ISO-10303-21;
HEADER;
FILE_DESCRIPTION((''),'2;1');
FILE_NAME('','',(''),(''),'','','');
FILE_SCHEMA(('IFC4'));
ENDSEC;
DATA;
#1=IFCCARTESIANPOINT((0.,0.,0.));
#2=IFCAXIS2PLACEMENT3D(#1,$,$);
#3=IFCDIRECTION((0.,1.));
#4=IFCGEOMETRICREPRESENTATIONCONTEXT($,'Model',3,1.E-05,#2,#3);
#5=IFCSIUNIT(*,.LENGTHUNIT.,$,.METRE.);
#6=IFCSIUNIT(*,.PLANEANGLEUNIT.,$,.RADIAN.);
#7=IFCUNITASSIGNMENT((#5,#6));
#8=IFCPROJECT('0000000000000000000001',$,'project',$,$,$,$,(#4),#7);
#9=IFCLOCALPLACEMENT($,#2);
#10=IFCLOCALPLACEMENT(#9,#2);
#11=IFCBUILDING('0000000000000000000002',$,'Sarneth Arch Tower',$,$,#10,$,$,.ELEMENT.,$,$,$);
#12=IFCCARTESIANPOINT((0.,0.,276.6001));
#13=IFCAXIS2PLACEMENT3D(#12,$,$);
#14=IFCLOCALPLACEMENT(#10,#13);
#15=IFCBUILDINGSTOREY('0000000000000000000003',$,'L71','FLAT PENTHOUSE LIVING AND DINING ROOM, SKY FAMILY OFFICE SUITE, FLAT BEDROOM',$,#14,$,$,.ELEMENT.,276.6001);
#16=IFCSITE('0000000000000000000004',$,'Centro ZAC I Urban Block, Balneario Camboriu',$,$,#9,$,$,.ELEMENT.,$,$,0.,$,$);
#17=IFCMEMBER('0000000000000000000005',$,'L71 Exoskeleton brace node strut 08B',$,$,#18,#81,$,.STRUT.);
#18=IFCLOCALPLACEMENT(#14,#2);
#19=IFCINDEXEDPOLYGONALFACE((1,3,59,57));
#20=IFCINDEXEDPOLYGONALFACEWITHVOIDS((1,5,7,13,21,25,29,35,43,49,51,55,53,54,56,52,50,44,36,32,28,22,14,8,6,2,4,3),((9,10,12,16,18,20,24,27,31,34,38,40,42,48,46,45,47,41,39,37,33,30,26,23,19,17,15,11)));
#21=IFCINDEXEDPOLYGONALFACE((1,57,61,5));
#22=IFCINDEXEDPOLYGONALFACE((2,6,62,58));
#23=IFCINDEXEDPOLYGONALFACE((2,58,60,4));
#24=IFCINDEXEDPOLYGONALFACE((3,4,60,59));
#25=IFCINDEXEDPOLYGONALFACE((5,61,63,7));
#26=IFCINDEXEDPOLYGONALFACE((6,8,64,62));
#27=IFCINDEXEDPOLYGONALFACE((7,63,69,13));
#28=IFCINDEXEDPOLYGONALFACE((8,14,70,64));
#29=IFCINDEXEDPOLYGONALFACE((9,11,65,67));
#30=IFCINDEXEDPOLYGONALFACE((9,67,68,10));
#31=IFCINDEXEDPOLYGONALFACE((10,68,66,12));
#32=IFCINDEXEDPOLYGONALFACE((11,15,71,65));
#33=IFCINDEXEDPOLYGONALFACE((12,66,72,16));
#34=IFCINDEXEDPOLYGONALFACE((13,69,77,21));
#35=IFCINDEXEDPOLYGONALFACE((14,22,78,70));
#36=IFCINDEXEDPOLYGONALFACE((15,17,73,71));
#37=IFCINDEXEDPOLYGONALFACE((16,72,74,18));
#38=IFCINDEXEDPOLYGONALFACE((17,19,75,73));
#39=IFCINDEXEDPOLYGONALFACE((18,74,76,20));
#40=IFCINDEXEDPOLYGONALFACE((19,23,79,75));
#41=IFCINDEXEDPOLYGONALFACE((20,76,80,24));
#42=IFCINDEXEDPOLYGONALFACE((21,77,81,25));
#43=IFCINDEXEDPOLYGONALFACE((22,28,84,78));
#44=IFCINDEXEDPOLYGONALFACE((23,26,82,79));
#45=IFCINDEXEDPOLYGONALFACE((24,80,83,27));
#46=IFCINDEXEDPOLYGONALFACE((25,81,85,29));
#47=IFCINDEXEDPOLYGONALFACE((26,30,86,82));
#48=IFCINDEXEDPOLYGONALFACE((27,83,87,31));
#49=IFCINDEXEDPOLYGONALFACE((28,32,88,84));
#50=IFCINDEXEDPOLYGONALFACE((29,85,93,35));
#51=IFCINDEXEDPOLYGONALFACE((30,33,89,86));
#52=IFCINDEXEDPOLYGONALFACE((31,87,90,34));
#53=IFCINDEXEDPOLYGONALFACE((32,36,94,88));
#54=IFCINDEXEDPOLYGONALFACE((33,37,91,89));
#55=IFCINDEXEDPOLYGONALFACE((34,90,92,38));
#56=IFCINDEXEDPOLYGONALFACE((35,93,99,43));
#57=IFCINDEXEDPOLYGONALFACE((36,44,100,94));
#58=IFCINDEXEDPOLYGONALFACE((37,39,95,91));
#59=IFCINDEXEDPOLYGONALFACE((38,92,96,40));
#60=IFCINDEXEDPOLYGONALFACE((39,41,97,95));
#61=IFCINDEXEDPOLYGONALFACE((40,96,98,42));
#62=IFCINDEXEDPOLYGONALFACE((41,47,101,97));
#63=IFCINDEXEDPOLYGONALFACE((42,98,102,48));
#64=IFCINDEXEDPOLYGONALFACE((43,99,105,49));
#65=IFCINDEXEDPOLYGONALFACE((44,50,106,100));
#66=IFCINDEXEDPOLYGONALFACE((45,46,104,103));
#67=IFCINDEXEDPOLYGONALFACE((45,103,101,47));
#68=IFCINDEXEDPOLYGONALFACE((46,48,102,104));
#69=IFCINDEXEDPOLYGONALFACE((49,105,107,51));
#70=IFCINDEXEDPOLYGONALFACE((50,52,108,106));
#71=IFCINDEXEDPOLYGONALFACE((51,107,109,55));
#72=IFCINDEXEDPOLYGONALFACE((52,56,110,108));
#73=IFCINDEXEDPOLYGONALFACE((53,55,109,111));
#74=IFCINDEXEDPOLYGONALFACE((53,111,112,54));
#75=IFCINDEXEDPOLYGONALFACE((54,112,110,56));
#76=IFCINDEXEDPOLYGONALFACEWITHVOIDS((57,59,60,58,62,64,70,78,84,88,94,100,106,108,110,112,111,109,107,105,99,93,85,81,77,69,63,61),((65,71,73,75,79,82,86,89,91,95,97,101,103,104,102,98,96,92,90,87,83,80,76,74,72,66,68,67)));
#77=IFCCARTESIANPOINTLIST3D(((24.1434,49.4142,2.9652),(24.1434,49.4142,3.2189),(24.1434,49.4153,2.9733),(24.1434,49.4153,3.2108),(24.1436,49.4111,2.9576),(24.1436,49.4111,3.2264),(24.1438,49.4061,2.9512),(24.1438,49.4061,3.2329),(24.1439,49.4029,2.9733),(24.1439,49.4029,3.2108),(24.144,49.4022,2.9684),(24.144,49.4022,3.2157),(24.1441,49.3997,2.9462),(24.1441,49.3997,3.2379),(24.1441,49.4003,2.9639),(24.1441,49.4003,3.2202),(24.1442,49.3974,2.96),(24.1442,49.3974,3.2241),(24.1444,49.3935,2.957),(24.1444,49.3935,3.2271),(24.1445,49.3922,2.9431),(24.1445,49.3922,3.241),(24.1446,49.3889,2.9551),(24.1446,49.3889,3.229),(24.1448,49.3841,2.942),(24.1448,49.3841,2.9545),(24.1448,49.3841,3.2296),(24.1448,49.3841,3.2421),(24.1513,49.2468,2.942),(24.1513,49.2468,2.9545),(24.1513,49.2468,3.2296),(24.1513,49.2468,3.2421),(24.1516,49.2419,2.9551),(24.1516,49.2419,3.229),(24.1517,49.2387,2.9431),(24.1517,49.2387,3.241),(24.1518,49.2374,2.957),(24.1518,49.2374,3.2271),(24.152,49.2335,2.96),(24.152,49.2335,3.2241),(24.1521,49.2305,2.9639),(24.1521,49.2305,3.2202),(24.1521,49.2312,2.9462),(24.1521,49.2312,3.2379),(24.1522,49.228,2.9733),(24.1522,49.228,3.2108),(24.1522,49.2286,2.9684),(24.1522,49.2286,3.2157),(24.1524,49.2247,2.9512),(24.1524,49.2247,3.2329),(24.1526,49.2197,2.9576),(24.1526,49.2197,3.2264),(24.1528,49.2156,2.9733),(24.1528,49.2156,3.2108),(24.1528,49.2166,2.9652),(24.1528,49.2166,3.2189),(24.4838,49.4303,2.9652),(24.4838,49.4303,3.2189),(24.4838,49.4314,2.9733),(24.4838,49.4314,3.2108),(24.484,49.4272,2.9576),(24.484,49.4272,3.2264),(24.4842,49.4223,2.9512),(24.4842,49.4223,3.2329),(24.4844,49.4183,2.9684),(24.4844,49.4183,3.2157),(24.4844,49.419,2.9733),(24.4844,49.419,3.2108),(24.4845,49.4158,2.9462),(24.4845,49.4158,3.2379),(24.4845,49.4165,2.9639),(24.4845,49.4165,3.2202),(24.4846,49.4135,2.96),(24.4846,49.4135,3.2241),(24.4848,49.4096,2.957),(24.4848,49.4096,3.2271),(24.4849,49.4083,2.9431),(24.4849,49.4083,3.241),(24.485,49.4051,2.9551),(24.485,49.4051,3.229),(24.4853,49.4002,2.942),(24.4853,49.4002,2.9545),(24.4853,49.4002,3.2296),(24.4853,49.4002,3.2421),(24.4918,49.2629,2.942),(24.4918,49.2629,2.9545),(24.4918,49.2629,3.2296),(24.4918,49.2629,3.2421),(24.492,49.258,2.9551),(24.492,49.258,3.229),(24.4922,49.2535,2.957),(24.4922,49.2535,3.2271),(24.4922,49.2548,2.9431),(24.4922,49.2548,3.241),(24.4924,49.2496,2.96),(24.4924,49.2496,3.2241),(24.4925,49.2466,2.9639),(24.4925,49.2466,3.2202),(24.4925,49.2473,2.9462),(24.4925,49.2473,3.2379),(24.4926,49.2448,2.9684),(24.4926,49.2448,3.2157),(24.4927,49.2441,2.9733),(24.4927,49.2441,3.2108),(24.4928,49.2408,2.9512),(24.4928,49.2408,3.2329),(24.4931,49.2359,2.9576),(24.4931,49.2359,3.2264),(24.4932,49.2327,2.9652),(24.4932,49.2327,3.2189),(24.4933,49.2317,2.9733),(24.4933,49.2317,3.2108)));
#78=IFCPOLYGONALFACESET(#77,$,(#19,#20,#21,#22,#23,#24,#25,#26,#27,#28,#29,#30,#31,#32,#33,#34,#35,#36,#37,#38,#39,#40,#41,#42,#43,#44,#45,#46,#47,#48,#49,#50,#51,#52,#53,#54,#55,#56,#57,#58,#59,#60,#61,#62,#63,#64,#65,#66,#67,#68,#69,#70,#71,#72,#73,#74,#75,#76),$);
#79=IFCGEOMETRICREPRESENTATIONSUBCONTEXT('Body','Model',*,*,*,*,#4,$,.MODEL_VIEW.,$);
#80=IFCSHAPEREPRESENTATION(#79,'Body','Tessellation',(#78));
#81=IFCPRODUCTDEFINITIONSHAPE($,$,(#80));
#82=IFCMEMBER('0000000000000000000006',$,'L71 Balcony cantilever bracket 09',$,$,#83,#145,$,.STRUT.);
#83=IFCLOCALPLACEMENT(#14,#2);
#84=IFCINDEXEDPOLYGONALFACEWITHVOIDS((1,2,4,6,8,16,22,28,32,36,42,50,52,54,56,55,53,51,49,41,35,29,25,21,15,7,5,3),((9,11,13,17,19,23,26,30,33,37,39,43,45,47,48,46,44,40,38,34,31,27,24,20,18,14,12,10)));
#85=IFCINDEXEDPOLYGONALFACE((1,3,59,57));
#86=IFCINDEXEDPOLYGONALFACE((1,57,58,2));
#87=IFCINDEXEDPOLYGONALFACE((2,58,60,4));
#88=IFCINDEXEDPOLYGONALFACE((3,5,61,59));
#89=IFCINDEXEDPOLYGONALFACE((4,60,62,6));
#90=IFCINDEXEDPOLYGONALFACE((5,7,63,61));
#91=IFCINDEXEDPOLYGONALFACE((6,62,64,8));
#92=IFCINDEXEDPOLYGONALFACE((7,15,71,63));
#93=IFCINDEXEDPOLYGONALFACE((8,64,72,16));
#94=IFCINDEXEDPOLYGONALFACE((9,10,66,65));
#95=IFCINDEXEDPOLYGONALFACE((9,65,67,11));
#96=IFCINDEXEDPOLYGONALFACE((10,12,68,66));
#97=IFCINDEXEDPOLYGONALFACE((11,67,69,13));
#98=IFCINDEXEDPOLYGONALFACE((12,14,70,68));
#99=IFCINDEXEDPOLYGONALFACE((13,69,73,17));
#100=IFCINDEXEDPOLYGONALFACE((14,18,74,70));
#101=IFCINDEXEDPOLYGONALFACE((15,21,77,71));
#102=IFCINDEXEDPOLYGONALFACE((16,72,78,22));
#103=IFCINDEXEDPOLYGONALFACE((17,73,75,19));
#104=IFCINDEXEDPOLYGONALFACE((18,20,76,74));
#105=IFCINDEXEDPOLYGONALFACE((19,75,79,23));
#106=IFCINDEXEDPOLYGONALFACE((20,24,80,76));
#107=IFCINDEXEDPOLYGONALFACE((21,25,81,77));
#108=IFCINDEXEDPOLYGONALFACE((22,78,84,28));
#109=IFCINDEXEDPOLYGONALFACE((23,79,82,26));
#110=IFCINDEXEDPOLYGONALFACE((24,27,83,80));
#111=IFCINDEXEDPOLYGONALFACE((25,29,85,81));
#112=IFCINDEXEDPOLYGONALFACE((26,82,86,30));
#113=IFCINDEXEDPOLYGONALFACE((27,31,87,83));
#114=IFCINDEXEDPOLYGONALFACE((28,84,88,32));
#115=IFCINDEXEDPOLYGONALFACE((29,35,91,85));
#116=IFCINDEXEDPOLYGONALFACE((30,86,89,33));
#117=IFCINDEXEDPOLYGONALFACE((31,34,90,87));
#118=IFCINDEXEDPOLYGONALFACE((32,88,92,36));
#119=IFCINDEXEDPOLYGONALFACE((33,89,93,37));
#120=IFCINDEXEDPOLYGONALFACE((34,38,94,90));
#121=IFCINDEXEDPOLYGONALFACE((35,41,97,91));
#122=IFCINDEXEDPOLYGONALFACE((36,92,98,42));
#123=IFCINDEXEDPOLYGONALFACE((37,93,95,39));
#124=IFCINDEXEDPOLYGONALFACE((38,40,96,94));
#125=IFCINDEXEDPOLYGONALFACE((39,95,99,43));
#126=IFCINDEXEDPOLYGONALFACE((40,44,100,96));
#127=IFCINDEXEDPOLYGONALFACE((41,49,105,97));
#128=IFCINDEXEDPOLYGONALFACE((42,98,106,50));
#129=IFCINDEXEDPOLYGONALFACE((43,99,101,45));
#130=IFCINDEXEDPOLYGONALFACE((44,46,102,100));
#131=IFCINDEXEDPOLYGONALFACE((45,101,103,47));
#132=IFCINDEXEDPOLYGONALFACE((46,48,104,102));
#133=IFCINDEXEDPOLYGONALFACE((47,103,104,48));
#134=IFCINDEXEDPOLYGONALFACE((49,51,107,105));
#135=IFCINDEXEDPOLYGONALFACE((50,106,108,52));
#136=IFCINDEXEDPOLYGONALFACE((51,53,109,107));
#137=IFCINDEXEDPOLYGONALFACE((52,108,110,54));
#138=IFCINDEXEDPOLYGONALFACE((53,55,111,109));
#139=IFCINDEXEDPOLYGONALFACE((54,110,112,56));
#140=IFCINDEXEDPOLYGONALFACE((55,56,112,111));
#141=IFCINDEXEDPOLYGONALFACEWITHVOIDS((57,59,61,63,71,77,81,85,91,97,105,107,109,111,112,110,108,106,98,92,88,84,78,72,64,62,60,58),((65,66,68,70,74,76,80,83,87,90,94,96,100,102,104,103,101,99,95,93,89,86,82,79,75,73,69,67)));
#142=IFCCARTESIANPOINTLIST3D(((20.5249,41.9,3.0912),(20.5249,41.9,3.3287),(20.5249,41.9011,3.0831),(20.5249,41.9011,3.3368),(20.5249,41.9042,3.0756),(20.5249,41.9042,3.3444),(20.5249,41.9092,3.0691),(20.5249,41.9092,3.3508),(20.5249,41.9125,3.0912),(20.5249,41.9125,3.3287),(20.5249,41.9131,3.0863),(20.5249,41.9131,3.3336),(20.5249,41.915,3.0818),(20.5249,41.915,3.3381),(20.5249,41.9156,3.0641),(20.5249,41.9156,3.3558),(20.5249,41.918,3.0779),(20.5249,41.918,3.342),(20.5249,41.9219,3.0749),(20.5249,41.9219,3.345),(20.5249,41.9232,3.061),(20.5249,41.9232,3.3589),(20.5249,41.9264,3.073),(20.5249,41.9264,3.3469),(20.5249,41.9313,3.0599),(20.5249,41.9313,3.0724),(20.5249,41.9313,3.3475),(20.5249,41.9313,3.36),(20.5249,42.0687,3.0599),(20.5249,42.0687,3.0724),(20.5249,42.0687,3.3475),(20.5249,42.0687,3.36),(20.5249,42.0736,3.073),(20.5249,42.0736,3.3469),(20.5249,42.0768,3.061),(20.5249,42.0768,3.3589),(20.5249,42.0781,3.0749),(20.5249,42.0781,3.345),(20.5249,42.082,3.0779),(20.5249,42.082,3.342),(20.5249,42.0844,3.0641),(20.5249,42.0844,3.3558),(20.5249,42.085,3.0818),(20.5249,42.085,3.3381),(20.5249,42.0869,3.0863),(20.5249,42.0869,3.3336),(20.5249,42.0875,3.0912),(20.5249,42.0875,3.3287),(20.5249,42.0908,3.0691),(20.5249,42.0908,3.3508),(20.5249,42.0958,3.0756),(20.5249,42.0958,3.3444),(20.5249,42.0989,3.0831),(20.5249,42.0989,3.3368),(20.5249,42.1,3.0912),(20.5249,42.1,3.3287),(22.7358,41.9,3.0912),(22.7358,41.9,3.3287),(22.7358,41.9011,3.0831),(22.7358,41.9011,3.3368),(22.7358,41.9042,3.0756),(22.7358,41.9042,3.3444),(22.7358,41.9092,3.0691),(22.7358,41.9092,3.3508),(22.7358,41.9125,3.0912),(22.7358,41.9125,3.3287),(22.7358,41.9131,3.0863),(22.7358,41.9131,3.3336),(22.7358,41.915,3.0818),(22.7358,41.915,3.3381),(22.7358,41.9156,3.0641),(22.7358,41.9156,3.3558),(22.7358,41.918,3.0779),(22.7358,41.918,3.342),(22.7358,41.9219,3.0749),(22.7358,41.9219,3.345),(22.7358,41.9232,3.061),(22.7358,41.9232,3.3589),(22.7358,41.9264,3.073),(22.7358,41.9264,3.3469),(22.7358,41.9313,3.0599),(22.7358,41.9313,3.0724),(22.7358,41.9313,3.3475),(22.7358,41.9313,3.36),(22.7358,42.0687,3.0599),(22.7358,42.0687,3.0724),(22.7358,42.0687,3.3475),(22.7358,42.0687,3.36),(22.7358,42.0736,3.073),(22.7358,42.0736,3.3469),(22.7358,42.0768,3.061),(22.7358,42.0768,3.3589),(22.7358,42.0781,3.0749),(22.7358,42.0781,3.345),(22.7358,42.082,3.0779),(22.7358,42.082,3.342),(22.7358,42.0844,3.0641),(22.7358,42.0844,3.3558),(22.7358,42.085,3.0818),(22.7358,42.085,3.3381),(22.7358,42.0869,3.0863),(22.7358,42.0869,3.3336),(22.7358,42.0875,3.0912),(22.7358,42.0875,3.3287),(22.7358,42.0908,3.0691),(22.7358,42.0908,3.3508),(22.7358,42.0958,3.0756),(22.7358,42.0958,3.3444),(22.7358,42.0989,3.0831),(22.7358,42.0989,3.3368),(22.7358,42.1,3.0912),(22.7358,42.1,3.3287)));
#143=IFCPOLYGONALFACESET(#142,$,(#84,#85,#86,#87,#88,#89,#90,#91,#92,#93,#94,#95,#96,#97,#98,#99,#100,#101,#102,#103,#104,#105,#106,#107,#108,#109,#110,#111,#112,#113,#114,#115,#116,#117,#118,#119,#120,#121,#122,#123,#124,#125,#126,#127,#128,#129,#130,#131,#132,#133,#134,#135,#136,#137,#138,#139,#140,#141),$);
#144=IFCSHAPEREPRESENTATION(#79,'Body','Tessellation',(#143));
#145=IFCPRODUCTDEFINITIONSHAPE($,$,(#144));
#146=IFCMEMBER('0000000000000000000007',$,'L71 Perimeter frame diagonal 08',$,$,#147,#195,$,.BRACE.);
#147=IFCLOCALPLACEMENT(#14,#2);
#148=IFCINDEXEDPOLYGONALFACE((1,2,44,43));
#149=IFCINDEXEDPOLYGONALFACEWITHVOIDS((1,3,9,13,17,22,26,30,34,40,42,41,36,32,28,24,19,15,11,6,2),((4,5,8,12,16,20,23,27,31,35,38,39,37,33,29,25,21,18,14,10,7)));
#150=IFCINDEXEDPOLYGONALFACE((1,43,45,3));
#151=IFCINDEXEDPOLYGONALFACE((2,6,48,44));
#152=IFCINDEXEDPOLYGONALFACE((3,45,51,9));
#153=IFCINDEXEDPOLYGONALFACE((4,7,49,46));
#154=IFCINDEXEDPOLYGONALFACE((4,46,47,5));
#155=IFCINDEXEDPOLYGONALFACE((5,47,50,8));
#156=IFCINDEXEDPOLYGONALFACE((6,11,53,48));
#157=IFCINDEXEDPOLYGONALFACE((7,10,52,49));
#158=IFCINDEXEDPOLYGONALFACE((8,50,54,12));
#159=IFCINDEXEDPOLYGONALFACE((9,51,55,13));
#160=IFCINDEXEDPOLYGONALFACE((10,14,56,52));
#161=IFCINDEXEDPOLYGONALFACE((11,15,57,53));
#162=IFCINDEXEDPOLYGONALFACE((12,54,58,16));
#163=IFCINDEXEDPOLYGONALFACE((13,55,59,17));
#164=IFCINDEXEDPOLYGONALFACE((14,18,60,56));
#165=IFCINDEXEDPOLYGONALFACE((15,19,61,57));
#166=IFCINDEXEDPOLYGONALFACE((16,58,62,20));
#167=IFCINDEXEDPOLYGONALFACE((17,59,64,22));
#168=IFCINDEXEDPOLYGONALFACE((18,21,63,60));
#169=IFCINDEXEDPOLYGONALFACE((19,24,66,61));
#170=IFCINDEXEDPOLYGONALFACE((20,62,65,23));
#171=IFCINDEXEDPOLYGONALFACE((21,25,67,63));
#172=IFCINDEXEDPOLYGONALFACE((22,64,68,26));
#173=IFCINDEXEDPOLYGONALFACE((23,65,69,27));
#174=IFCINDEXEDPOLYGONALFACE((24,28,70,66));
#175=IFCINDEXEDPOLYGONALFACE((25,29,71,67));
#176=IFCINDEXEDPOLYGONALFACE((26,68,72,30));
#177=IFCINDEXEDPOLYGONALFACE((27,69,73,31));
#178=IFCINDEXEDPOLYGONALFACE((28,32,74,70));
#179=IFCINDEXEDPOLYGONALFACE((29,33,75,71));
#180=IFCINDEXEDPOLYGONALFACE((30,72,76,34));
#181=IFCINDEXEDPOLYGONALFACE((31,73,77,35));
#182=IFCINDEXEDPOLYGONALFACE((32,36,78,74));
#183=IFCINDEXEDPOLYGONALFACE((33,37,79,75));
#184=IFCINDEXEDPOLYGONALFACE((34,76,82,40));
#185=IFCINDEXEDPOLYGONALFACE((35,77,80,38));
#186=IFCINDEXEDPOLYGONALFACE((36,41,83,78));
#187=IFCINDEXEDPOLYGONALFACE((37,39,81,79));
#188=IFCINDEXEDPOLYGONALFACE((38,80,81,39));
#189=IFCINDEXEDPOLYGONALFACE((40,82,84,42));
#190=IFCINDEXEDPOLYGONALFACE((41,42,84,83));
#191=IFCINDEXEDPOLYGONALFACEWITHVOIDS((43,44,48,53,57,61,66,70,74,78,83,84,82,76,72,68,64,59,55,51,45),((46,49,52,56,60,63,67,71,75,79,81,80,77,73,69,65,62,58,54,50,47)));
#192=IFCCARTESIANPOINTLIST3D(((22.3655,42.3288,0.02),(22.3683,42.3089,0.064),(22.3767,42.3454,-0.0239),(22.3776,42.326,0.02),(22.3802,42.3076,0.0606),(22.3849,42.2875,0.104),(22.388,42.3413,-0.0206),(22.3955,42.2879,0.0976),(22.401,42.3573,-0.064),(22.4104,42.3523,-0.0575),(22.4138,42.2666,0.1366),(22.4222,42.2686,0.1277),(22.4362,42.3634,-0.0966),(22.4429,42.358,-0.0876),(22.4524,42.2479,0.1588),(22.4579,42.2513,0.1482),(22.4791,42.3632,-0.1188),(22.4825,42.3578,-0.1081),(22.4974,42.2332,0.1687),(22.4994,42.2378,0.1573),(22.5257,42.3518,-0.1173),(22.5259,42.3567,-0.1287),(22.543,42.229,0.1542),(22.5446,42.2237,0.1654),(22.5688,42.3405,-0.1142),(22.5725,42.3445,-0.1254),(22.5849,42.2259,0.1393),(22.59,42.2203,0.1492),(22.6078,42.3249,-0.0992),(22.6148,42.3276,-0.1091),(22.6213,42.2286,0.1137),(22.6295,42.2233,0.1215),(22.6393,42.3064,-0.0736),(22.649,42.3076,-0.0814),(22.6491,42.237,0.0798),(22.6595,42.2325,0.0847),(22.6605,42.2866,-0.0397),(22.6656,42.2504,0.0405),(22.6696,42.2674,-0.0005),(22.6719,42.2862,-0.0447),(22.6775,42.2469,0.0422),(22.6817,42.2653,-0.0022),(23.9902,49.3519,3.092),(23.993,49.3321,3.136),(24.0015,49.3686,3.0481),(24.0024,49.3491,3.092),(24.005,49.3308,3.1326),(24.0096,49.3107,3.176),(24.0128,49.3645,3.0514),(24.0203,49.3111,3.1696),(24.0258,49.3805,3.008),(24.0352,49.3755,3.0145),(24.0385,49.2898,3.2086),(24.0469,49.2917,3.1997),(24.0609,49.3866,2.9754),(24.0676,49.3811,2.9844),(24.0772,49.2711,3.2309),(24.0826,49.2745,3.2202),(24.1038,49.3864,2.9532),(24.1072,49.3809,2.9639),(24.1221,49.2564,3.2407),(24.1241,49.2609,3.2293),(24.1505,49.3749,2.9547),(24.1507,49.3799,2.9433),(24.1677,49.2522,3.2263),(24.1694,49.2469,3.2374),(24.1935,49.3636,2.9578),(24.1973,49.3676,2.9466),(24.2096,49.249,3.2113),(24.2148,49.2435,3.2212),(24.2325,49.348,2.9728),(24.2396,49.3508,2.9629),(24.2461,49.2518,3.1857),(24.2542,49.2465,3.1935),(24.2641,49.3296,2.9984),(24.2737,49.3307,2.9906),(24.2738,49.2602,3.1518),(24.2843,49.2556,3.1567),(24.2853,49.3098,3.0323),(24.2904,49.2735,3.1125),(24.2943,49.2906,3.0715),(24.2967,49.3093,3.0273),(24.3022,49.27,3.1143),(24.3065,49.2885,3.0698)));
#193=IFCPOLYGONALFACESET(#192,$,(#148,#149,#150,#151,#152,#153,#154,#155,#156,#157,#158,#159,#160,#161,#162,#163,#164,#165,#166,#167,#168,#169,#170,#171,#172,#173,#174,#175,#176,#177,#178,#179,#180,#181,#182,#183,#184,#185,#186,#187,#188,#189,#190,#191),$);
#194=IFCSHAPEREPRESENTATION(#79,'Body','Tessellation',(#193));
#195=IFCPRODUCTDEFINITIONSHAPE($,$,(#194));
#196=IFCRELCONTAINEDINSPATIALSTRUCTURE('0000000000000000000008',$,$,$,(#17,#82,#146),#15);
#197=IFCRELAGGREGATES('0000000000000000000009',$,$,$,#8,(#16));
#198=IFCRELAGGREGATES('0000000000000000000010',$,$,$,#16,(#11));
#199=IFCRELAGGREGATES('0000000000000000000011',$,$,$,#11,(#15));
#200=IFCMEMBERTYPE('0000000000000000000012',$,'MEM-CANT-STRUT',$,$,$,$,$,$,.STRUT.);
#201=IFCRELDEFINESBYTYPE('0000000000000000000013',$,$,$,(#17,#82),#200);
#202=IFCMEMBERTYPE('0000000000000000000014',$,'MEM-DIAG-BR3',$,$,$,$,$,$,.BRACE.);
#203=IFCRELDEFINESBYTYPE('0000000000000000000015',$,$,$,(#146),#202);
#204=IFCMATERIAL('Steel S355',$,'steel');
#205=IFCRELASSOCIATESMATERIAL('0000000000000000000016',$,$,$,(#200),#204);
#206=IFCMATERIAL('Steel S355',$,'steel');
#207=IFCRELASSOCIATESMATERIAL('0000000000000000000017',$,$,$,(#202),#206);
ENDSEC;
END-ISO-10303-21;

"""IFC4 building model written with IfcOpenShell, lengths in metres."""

from ifc_helpers import new_model, si_unit, direction, frame, origin, origin_2d, place, context, subcontext, project, spatial, hollow_rectangle, hollow_circle, extrude, material, material_profile, profile_set, type_object, element, save


model = new_model("IFC4")

# Units and contexts
model_context = context("Model", 3, precision=1e-05, world=origin(), true_north=direction((0.0, 1.0)))
body_context = subcontext(model_context, "Body", "Model", "MODEL_VIEW")
ifc_project = project(units=[si_unit("LENGTHUNIT", "METRE"), si_unit("PLANEANGLEUNIT", "RADIAN")], contexts=[model_context])

# Site, building, storey
site_placement = place(None, origin())
site = spatial("IfcSite", under=ifc_project, at=site_placement, Name="Centro ZAC I Urban Block, Balneario Camboriu", CompositionType="ELEMENT", RefElevation=0.0)
building_placement = place(site_placement, origin())
building = spatial("IfcBuilding", under=site, at=building_placement, Name="Sarneth Arch Tower", CompositionType="ELEMENT")
storey_placement = place(building_placement, frame((0.0, 0.0, 276.6001)))
storey = spatial("IfcBuildingStorey", under=building, at=storey_placement, Name="L71", Description="FLAT PENTHOUSE LIVING AND DINING ROOM, SKY FAMILY OFFICE SUITE, FLAT BEDROOM", CompositionType="ELEMENT", Elevation=276.6001)

# Members
ifc_material_1 = material(Name="Steel S355", Category="steel")
ifc_material_profile_1 = material_profile(ifc_material_1, hollow_rectangle(XDim=0.2, YDim=0.3, WallThickness=0.0125, InnerFilletRadius=0.0188, OuterFilletRadius=0.0312, at=origin_2d()), Name="RHS300x200x12.5")
ifc_profile_set_1 = profile_set([ifc_material_profile_1], Name="Steel S355")
member_type_1 = type_object("IfcMemberType", Name="MEM-CANT-STRUT", PredefinedType="STRUT", material=ifc_profile_set_1)
member_1_placement = place(storey_placement, frame((24.4885, 49.3315, 3.092), z_axis=(-0.998881, -0.047293, 0.0), x_axis=(0.047293, -0.998881, 0.0)))
element("IfcMember", 1, at=member_1_placement, inside=storey, type_object=member_type_1, Name="L71 Exoskeleton brace node strut 08B", PredefinedType="STRUT", context=body_context, shape_type="SweptSolid", body=[
    extrude(hollow_rectangle(XDim=0.2, YDim=0.3, WallThickness=0.0125, InnerFilletRadius=0.0188, OuterFilletRadius=0.0312, at=origin_2d()), origin(), (0.0, 0.0, 1.0), 0.3408),
])
member_2_placement = place(storey_placement, frame((22.7358, 42.0, 3.21), z_axis=(-1.0, 0.0, 0.0), x_axis=(0.0, -1.0, 0.0)))
element("IfcMember", 2, at=member_2_placement, inside=storey, type_object=member_type_1, Name="L71 Balcony cantilever bracket 09", PredefinedType="STRUT", context=body_context, shape_type="SweptSolid", body=[
    extrude(hollow_rectangle(XDim=0.2, YDim=0.3, WallThickness=0.0125, InnerFilletRadius=0.0188, OuterFilletRadius=0.0312, at=origin_2d()), origin(), (0.0, 0.0, 1.0), 2.2109),
])
ifc_material_2 = material(Name="Steel S355", Category="steel")
ifc_material_profile_2 = material_profile(ifc_material_2, hollow_circle(Radius=0.1621, WallThickness=0.0125, at=origin_2d()), Name="CHS324x12.5")
ifc_profile_set_2 = profile_set([ifc_material_profile_2], Name="Steel S355")
member_type_2 = type_object("IfcMemberType", Name="MEM-DIAG-BR3", PredefinedType="BRACE", material=ifc_profile_set_2)
member_3_placement = place(storey_placement, frame((22.5234, 42.2922, 0.02), z_axis=(0.207346, 0.896276, 0.392041), x_axis=(-0.974269, 0.225389, 0.0)))
element("IfcMember", 3, at=member_3_placement, inside=storey, type_object=member_type_2, Name="L71 Perimeter frame diagonal 08", PredefinedType="BRACE", context=body_context, shape_type="SweptSolid", body=[
    extrude(hollow_circle(Radius=0.1621, WallThickness=0.0125, at=origin_2d()), origin(), (0.0, 0.0, 1.0), 7.8359),
])

save(model, "model.ifc")
